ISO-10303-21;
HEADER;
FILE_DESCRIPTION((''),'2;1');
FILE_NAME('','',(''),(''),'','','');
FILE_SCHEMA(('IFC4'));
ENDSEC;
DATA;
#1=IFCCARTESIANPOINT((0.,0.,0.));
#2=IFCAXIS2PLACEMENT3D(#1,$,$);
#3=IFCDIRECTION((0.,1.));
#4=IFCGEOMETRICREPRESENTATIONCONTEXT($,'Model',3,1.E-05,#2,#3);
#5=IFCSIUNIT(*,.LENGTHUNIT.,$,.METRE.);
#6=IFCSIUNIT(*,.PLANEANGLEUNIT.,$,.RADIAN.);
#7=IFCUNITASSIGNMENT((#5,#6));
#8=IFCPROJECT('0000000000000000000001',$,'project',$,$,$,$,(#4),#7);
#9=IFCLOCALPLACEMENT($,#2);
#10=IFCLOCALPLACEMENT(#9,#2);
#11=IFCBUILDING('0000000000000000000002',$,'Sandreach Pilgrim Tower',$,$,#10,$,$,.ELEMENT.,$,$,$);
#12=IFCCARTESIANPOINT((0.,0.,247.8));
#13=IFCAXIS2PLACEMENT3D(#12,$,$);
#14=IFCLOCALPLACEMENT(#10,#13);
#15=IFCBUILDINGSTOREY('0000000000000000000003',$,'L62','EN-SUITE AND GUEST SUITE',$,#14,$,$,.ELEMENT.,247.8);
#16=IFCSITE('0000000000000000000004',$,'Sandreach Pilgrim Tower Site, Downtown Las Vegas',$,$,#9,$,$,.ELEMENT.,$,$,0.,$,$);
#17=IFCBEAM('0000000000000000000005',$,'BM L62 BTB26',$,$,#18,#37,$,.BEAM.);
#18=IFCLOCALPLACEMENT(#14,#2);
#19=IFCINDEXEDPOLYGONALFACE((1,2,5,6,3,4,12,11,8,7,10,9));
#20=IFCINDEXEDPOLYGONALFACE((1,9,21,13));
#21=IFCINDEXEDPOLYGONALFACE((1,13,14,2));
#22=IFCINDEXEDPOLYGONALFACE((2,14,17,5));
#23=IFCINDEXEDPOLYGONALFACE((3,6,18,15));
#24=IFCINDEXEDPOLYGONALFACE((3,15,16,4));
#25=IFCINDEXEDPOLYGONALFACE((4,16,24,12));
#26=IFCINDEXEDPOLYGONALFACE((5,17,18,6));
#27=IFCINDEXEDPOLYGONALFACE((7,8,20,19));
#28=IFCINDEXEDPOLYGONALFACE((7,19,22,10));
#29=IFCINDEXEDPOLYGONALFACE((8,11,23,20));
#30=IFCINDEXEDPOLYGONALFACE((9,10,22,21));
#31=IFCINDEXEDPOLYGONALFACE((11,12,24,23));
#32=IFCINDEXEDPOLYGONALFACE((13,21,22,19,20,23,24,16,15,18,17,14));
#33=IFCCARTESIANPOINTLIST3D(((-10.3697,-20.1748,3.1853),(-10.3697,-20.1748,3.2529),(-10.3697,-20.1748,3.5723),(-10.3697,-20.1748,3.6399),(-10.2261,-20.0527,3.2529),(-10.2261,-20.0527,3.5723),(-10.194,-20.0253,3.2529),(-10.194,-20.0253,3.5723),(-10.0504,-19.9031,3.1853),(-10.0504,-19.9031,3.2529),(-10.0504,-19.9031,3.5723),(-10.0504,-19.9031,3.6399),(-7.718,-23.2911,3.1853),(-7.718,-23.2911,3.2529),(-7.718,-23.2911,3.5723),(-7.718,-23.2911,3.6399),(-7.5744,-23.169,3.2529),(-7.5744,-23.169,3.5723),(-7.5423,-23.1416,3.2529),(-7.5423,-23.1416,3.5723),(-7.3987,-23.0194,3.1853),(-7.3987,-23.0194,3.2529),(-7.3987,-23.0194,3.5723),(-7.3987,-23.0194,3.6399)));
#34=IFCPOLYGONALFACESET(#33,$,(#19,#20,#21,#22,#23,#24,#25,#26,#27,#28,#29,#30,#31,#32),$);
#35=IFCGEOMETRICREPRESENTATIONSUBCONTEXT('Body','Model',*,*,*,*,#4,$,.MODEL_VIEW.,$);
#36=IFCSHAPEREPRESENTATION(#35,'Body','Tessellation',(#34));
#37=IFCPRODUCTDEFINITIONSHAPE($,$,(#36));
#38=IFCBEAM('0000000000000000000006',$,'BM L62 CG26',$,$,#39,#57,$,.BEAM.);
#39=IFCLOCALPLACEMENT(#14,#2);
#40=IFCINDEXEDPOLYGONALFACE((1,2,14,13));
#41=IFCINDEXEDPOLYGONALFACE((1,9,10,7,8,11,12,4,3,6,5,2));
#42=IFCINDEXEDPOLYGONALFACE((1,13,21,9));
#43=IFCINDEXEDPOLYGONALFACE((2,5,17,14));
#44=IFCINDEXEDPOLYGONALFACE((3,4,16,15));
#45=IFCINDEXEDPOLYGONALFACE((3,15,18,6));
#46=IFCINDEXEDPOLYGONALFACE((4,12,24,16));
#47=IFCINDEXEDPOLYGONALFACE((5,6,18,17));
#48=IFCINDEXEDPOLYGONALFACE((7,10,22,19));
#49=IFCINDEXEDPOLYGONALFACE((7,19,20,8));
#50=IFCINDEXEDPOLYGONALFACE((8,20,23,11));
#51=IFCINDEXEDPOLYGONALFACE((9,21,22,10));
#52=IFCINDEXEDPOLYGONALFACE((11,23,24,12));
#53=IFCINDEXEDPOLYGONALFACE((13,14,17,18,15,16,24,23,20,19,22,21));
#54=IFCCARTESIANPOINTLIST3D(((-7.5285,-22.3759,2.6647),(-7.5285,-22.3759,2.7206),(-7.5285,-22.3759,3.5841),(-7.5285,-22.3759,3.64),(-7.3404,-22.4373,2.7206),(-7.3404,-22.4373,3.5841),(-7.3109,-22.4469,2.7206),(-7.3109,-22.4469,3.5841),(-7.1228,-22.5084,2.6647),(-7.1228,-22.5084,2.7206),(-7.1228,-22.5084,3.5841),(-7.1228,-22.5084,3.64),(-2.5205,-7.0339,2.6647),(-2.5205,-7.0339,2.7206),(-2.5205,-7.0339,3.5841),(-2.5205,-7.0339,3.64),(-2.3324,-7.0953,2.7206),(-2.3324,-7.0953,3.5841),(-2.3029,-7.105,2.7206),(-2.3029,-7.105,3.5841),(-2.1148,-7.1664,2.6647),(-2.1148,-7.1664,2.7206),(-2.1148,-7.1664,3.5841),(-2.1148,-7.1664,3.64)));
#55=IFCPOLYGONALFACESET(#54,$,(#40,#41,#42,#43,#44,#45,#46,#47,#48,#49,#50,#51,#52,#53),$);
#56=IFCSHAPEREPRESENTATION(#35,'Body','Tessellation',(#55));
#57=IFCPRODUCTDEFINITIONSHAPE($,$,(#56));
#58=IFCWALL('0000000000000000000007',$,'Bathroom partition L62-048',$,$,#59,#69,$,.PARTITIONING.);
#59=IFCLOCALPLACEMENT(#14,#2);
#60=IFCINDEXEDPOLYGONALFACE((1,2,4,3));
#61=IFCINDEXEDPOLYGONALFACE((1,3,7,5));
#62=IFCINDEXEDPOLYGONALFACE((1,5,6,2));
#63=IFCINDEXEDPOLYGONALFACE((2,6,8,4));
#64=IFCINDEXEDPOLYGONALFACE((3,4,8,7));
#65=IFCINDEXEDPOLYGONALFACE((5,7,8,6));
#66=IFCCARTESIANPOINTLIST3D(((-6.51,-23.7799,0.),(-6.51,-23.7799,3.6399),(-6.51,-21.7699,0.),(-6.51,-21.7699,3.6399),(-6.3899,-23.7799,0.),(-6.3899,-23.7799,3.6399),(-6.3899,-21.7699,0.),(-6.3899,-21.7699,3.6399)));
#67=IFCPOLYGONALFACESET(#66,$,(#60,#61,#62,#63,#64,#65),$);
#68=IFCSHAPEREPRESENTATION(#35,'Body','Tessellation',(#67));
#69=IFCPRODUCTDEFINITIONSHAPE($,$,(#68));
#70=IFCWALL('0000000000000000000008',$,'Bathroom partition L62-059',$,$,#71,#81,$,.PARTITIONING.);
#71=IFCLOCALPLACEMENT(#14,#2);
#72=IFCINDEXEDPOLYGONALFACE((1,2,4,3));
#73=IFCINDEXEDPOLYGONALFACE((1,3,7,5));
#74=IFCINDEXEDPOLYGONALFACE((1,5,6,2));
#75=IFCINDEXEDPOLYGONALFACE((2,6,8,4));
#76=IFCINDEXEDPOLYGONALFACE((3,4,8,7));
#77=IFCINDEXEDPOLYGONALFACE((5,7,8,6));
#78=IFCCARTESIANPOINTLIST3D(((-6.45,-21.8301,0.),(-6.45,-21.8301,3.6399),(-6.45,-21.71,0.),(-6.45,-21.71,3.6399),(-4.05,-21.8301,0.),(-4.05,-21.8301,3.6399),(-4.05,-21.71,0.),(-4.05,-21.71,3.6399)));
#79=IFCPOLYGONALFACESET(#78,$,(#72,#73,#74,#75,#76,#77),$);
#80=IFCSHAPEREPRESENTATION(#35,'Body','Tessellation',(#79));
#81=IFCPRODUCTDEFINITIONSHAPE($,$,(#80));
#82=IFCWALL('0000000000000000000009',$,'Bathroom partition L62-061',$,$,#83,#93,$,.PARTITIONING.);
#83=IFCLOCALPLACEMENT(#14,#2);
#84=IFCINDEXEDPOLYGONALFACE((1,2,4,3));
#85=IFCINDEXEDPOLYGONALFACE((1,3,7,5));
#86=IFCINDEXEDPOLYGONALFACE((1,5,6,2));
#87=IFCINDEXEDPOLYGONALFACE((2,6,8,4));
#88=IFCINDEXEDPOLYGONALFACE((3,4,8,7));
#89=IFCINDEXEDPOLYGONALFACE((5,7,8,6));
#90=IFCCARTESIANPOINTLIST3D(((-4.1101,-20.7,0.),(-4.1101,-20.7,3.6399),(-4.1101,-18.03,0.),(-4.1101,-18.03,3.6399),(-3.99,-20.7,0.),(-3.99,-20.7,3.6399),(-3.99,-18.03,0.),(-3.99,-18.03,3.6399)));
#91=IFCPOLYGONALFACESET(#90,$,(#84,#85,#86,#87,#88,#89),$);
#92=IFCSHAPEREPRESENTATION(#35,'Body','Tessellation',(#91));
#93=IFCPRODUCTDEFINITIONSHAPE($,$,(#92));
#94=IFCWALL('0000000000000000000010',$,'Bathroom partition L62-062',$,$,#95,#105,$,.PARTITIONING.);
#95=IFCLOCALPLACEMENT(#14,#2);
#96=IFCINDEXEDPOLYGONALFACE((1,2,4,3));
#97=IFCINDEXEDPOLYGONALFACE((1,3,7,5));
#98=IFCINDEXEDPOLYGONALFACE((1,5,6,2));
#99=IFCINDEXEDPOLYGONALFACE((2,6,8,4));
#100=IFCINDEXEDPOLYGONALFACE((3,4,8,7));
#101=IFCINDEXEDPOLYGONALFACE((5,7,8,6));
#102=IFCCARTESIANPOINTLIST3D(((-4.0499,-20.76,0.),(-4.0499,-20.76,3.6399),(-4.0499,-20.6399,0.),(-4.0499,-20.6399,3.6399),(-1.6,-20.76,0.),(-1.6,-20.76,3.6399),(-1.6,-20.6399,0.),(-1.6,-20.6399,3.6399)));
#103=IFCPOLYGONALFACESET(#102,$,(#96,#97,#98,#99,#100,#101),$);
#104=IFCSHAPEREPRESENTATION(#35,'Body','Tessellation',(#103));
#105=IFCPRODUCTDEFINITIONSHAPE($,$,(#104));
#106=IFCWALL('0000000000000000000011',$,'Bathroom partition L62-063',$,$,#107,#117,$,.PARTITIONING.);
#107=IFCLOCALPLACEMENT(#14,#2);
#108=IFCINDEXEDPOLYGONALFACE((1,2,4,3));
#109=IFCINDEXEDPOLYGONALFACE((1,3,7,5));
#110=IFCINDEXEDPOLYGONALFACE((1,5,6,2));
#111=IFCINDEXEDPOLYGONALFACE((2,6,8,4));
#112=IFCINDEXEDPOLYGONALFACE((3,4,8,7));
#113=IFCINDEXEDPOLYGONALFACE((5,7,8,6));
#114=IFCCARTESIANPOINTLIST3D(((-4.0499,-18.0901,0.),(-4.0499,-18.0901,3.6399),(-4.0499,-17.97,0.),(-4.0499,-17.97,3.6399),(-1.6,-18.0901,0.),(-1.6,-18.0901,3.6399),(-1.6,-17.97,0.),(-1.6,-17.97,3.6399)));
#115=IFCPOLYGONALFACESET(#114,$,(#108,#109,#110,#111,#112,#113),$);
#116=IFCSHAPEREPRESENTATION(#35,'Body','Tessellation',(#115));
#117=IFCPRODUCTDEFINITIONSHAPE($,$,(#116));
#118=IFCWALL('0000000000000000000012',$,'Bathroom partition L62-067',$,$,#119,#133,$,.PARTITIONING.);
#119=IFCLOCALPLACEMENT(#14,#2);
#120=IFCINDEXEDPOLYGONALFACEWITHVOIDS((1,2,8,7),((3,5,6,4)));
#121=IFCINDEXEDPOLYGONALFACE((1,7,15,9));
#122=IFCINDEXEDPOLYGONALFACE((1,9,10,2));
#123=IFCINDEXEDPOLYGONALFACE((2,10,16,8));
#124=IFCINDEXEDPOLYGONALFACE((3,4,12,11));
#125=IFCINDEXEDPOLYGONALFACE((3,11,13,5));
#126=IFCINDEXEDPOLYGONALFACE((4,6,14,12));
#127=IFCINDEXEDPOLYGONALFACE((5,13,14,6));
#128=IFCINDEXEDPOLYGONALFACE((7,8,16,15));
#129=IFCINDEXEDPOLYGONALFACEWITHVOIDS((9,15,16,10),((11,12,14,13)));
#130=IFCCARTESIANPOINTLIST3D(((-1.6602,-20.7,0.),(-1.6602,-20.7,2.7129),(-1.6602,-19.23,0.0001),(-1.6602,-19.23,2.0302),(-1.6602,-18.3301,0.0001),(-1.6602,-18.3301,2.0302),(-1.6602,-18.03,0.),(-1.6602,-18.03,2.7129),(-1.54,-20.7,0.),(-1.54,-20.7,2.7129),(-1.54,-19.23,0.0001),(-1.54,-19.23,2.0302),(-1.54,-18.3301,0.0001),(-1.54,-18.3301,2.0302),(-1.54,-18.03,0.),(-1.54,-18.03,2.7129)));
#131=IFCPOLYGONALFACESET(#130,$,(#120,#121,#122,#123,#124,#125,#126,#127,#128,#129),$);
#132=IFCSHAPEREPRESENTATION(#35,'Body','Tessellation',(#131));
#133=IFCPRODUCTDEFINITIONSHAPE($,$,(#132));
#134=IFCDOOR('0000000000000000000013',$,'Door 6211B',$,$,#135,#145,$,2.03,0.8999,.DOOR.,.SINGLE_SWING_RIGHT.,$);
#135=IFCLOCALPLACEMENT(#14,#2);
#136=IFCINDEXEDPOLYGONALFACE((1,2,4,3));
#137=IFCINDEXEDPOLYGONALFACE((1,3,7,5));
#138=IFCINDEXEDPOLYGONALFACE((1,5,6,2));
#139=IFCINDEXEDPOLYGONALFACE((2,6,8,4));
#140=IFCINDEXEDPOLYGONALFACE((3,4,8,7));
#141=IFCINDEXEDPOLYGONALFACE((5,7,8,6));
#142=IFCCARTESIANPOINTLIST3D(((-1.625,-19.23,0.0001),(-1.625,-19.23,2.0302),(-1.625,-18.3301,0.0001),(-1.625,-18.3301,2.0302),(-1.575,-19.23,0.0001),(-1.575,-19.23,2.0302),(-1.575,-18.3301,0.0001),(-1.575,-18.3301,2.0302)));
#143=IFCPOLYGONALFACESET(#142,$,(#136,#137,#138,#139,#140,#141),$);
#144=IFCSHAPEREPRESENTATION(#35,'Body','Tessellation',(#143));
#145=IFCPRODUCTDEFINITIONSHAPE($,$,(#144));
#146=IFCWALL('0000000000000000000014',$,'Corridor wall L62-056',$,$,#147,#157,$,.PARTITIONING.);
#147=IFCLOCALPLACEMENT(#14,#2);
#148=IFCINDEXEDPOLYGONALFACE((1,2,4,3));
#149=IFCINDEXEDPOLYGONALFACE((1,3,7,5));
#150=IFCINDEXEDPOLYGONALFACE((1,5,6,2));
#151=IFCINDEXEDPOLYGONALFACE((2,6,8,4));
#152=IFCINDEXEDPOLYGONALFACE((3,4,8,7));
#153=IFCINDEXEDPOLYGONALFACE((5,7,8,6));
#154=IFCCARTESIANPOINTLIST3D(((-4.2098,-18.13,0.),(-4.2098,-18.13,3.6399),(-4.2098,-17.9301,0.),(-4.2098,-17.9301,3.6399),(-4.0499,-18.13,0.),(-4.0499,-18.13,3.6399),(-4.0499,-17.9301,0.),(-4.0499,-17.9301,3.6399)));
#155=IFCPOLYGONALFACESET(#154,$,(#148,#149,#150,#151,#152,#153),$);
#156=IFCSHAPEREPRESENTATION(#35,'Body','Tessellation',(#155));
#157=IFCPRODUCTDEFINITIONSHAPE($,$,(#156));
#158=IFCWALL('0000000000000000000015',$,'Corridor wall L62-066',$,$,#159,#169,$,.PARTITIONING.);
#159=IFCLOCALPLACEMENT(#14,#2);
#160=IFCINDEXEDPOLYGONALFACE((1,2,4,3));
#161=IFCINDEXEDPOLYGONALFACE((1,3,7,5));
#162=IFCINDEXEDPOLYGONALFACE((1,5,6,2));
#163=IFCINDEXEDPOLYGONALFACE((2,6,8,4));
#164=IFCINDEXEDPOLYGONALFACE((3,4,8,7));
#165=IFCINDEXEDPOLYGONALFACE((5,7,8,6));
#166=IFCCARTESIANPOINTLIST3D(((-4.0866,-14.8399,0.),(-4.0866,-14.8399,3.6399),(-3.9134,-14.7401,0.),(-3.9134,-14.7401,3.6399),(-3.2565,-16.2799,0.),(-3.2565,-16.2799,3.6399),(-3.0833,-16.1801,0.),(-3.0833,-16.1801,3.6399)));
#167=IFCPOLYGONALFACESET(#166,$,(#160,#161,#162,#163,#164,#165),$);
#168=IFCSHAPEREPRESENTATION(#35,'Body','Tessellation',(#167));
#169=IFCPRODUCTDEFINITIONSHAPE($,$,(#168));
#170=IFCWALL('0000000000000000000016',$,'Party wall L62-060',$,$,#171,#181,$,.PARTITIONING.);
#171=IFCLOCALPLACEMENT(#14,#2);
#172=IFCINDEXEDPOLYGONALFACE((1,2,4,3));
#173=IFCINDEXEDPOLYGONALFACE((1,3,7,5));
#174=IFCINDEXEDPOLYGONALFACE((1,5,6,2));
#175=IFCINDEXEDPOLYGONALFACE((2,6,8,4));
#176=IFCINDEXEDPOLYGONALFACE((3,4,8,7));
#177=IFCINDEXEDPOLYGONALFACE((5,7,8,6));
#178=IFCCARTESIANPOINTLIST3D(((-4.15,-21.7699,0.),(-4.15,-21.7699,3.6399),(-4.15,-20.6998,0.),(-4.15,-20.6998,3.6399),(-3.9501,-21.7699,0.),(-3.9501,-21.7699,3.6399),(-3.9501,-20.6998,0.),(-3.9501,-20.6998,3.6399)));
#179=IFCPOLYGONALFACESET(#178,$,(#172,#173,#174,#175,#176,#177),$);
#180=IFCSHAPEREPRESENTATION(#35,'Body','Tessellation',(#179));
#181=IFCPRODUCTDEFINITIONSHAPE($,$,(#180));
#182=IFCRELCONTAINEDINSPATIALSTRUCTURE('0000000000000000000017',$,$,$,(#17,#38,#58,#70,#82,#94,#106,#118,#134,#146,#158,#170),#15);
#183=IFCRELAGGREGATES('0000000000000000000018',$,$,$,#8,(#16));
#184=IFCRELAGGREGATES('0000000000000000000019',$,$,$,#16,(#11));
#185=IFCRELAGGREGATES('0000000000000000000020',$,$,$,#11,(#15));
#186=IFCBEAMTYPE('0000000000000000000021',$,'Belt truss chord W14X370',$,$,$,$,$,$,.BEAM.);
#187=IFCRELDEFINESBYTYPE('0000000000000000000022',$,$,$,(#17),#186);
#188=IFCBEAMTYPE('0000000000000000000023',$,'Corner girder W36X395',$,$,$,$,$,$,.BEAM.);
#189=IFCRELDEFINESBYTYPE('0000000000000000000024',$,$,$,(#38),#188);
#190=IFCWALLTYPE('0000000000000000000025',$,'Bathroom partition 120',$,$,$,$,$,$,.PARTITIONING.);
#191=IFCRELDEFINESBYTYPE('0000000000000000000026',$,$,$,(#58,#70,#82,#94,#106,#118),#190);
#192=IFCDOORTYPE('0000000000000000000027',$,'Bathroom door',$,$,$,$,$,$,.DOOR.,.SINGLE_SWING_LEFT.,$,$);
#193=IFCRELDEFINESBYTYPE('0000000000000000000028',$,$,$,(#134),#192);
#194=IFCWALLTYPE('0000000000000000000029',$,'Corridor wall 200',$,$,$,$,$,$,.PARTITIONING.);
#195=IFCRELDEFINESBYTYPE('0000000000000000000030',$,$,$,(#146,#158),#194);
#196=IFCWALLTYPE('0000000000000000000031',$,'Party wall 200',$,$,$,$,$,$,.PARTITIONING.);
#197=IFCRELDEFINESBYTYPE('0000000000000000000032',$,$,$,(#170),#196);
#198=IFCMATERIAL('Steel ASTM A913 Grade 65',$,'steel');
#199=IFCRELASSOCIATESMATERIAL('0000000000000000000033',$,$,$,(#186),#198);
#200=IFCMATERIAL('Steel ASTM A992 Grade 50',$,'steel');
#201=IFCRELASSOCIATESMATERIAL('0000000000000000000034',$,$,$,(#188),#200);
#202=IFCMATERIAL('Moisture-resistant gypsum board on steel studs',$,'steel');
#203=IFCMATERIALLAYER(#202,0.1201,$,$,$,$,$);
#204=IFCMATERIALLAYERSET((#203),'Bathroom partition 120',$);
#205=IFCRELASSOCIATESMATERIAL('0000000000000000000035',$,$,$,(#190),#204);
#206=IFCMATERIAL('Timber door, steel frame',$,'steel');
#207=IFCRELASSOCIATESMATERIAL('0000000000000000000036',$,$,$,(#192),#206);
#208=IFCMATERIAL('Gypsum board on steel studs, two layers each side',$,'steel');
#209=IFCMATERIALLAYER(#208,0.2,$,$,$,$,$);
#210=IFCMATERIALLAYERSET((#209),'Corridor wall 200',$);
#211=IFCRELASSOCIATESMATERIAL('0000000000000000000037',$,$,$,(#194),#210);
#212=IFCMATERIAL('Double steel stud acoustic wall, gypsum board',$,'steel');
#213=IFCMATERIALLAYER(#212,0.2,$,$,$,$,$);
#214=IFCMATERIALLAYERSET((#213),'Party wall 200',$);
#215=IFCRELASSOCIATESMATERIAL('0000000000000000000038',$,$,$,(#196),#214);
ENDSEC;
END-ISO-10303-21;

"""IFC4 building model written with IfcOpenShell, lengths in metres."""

from ifc_helpers import new_model, si_unit, direction, frame, frame_2d, origin, origin_2d, place, context, subcontext, project, spatial, rectangle, i_section, extrude, material, layer, layer_set, material_profile, profile_set, type_object, element, fill, save


model = new_model("IFC4")

# Units and contexts
model_context = context("Model", 3, precision=1e-05, world=origin(), true_north=direction((0.0, 1.0)))
body_context = subcontext(model_context, "Body", "Model", "MODEL_VIEW")
ifc_project = project(units=[si_unit("LENGTHUNIT", "METRE"), si_unit("PLANEANGLEUNIT", "RADIAN")], contexts=[model_context])

# Site, building, storey
site_placement = place(None, origin())
site = spatial("IfcSite", under=ifc_project, at=site_placement, Name="Sandreach Pilgrim Tower Site, Downtown Las Vegas", CompositionType="ELEMENT", RefElevation=0.0)
building_placement = place(site_placement, origin())
building = spatial("IfcBuilding", under=site, at=building_placement, Name="Sandreach Pilgrim Tower", CompositionType="ELEMENT")
storey_placement = place(building_placement, frame((0.0, 0.0, 247.8)))
storey = spatial("IfcBuildingStorey", under=building, at=storey_placement, Name="L62", Description="EN-SUITE AND GUEST SUITE", CompositionType="ELEMENT", Elevation=247.8)

# Beams
ifc_material_1 = material(Name="Steel ASTM A913 Grade 65", Category="steel")
ifc_material_profile_1 = material_profile(ifc_material_1, i_section(OverallWidth=0.4192, OverallDepth=0.4546, WebThickness=0.0422, FlangeThickness=0.0676, at=origin_2d()), Name="W14X370")
ifc_profile_set_1 = profile_set([ifc_material_profile_1], Name="Steel ASTM A913 Grade 65")
beam_type_1 = type_object("IfcBeamType", Name="Belt truss chord W14X370", PredefinedType="BEAM", material=ifc_profile_set_1)
beam_1_placement = place(storey_placement, frame((-7.5583, -23.1553, 3.4126), z_axis=(-0.64805, 0.761598, 0.0), x_axis=(-0.761598, -0.64805, 0.0)))
element("IfcBeam", 1, at=beam_1_placement, inside=storey, type_object=beam_type_1, Name="BM L62 BTB26", PredefinedType="BEAM", context=body_context, shape_type="SweptSolid", body=[
    extrude(i_section(OverallWidth=0.4192, OverallDepth=0.4546, WebThickness=0.0422, FlangeThickness=0.0676, at=origin_2d()), origin(), (0.0, 0.0, 1.0), 4.0918),
])
ifc_material_2 = material(Name="Steel ASTM A992 Grade 50", Category="steel")
ifc_material_profile_2 = material_profile(ifc_material_2, i_section(OverallWidth=0.4268, OverallDepth=0.9753, WebThickness=0.031, FlangeThickness=0.0559, at=origin_2d()), Name="W36X395")
ifc_profile_set_2 = profile_set([ifc_material_profile_2], Name="Steel ASTM A992 Grade 50")
beam_type_2 = type_object("IfcBeamType", Name="Corner girder W36X395", PredefinedType="BEAM", material=ifc_profile_set_2)
beam_2_placement = place(storey_placement, frame((-7.3257, -22.4421, 3.1523), z_axis=(0.310313, 0.950635, 0.0), x_axis=(-0.950635, 0.310313, 0.0)))
element("IfcBeam", 2, at=beam_2_placement, inside=storey, type_object=beam_type_2, Name="BM L62 CG26", PredefinedType="BEAM", context=body_context, shape_type="SweptSolid", body=[
    extrude(i_section(OverallWidth=0.4268, OverallDepth=0.9753, WebThickness=0.031, FlangeThickness=0.0559, at=origin_2d()), origin(), (0.0, 0.0, 1.0), 16.1387),
])

# Walls
ifc_material_3 = material(Name="Moisture-resistant gypsum board on steel studs", Category="steel")
ifc_layer_1 = layer(ifc_material_3, 0.1201)
ifc_layer_set_1 = layer_set([ifc_layer_1], Name="Bathroom partition 120")
wall_type_1 = type_object("IfcWallType", Name="Bathroom partition 120", PredefinedType="PARTITIONING", material=ifc_layer_set_1)
wall_1_placement = place(storey_placement, frame((-6.45, -21.77, 0.0), z_axis=(0.0, 0.0, 1.0), x_axis=(0.0, -1.0, 0.0)))
element("IfcWall", 3, at=wall_1_placement, inside=storey, type_object=wall_type_1, Name="Bathroom partition L62-048", PredefinedType="PARTITIONING", context=body_context, shape_type="SweptSolid", body=[
    extrude(rectangle(XDim=2.01, YDim=0.1201, at=frame_2d((1.0049, 0.0))), origin(), (0.0, 0.0, 1.0), 3.6399),
])
wall_2_placement = place(storey_placement, frame((-4.05, -21.77, 0.0), z_axis=(0.0, 0.0, 1.0), x_axis=(-1.0, 0.0, 0.0)))
element("IfcWall", 4, at=wall_2_placement, inside=storey, type_object=wall_type_1, Name="Bathroom partition L62-059", PredefinedType="PARTITIONING", context=body_context, shape_type="SweptSolid", body=[
    extrude(rectangle(XDim=2.3999, YDim=0.1201, at=frame_2d((1.2, 0.0))), origin(), (0.0, 0.0, 1.0), 3.6399),
])
wall_3_placement = place(storey_placement, frame((-4.05, -20.7, 0.0), z_axis=(0.0, 0.0, 1.0), x_axis=(0.0, 1.0, 0.0)))
element("IfcWall", 5, at=wall_3_placement, inside=storey, type_object=wall_type_1, Name="Bathroom partition L62-061", PredefinedType="PARTITIONING", context=body_context, shape_type="SweptSolid", body=[
    extrude(rectangle(XDim=2.6699, YDim=0.1201, at=frame_2d((1.335, 0.0))), origin(), (0.0, 0.0, 1.0), 3.6399),
])
for number, where, z_axis, x_axis, name in (
    (6, (-4.05, -20.7, 0.0), (0.0, 0.0, 1.0), (1.0, 0.0, 0.0), "Bathroom partition L62-062"),
    (7, (-4.05, -18.03, 0.0), (0.0, 0.0, 1.0), (1.0, 0.0, 0.0), "Bathroom partition L62-063"),
):
    element("IfcWall", number, at=place(storey_placement, frame(where, z_axis=z_axis, x_axis=x_axis)), inside=storey, type_object=wall_type_1, Name=name, PredefinedType="PARTITIONING", context=body_context, shape_type="SweptSolid", body=[
        extrude(rectangle(XDim=2.45, YDim=0.1201, at=frame_2d((1.2251, 0.0))), origin(), (0.0, 0.0, 1.0), 3.6399),
    ])

# Wall, opening, door
wall_4_placement = place(storey_placement, frame((-1.6001, -20.7, 0.0), z_axis=(0.0, 0.0, 1.0), x_axis=(0.0, 1.0, 0.0)))
wall_4 = element("IfcWall", 8, at=wall_4_placement, inside=storey, type_object=wall_type_1, Name="Bathroom partition L62-067", PredefinedType="PARTITIONING", context=body_context, shape_type="SweptSolid", body=[
    extrude(rectangle(XDim=2.6699, YDim=0.1201, at=frame_2d((1.335, 0.0))), origin(), (0.0, 0.0, 1.0), 2.7129),
])
opening_1_placement = place(wall_4_placement, frame((1.47, 0.0, 0.0)))
opening_1 = element("IfcOpeningElement", 9, at=opening_1_placement, cuts=wall_4, PredefinedType="OPENING", context=body_context, shape_type="SweptSolid", body=[
    extrude(rectangle(XDim=0.8999, YDim=2.03, at=frame_2d((0.45, 1.0151))), frame((0.0, 0.0601, 0.0), z_axis=(0.0, -1.0, 0.0), x_axis=(1.0, 0.0, 0.0)), (0.0, 0.0, 1.0), 0.1201),
])
ifc_material_4 = material(Name="Timber door, steel frame", Category="steel")
door_type_1 = type_object("IfcDoorType", Name="Bathroom door", OperationType="SINGLE_SWING_LEFT", PredefinedType="DOOR", material=ifc_material_4)
door_1_placement = place(opening_1_placement, origin())
door_1 = element("IfcDoor", 10, at=door_1_placement, inside=storey, type_object=door_type_1, Name="Door 6211B", OperationType="SINGLE_SWING_RIGHT", OverallHeight=2.03, OverallWidth=0.8999, PredefinedType="DOOR", context=body_context, shape_type="SweptSolid", body=[
    extrude(rectangle(XDim=0.8999, YDim=2.03, at=frame_2d((0.45, 1.0151))), frame((0.0, 0.0249, 0.0), z_axis=(0.0, -1.0, 0.0), x_axis=(1.0, 0.0, 0.0)), (0.0, 0.0, 1.0), 0.05),
])
fill(opening_1, door_1)
ifc_material_5 = material(Name="Gypsum board on steel studs, two layers each side", Category="steel")
ifc_layer_2 = layer(ifc_material_5, 0.2)
ifc_layer_set_2 = layer_set([ifc_layer_2], Name="Corridor wall 200")
wall_type_2 = type_object("IfcWallType", Name="Corridor wall 200", PredefinedType="PARTITIONING", material=ifc_layer_set_2)

# Wall
wall_5_placement = place(storey_placement, frame((-4.21, -18.03, 0.0), z_axis=(0.0, 0.0, 1.0), x_axis=(1.0, 0.0, 0.0)))
element("IfcWall", 11, at=wall_5_placement, inside=storey, type_object=wall_type_2, Name="Corridor wall L62-056", PredefinedType="PARTITIONING", context=body_context, shape_type="SweptSolid", body=[
    extrude(rectangle(XDim=0.1599, YDim=0.2, at=frame_2d((0.0801, 0.0))), origin(), (0.0, 0.0, 1.0), 3.6399),
])

# Wall
wall_6_placement = place(storey_placement, frame((-3.1699, -16.23, 0.0), z_axis=(0.0, 0.0, 1.0), x_axis=(-0.499426, 0.866357, 0.0)))
element("IfcWall", 12, at=wall_6_placement, inside=storey, type_object=wall_type_2, Name="Corridor wall L62-066", PredefinedType="PARTITIONING", context=body_context, shape_type="SweptSolid", body=[
    extrude(rectangle(XDim=1.6621, YDim=0.2, at=frame_2d((0.8311, 0.0))), origin(), (0.0, 0.0, 1.0), 3.6399),
])

# Wall
ifc_material_6 = material(Name="Double steel stud acoustic wall, gypsum board", Category="steel")
ifc_layer_3 = layer(ifc_material_6, 0.2)
ifc_layer_set_3 = layer_set([ifc_layer_3], Name="Party wall 200")
wall_type_3 = type_object("IfcWallType", Name="Party wall 200", PredefinedType="PARTITIONING", material=ifc_layer_set_3)
wall_7_placement = place(storey_placement, frame((-4.05, -21.77, 0.0), z_axis=(0.0, 0.0, 1.0), x_axis=(0.0, 1.0, 0.0)))
element("IfcWall", 13, at=wall_7_placement, inside=storey, type_object=wall_type_3, Name="Party wall L62-060", PredefinedType="PARTITIONING", context=body_context, shape_type="SweptSolid", body=[
    extrude(rectangle(XDim=1.0701, YDim=0.2, at=frame_2d((0.5352, 0.0))), origin(), (0.0, 0.0, 1.0), 3.6399),
])

save(model, "model.ifc")
